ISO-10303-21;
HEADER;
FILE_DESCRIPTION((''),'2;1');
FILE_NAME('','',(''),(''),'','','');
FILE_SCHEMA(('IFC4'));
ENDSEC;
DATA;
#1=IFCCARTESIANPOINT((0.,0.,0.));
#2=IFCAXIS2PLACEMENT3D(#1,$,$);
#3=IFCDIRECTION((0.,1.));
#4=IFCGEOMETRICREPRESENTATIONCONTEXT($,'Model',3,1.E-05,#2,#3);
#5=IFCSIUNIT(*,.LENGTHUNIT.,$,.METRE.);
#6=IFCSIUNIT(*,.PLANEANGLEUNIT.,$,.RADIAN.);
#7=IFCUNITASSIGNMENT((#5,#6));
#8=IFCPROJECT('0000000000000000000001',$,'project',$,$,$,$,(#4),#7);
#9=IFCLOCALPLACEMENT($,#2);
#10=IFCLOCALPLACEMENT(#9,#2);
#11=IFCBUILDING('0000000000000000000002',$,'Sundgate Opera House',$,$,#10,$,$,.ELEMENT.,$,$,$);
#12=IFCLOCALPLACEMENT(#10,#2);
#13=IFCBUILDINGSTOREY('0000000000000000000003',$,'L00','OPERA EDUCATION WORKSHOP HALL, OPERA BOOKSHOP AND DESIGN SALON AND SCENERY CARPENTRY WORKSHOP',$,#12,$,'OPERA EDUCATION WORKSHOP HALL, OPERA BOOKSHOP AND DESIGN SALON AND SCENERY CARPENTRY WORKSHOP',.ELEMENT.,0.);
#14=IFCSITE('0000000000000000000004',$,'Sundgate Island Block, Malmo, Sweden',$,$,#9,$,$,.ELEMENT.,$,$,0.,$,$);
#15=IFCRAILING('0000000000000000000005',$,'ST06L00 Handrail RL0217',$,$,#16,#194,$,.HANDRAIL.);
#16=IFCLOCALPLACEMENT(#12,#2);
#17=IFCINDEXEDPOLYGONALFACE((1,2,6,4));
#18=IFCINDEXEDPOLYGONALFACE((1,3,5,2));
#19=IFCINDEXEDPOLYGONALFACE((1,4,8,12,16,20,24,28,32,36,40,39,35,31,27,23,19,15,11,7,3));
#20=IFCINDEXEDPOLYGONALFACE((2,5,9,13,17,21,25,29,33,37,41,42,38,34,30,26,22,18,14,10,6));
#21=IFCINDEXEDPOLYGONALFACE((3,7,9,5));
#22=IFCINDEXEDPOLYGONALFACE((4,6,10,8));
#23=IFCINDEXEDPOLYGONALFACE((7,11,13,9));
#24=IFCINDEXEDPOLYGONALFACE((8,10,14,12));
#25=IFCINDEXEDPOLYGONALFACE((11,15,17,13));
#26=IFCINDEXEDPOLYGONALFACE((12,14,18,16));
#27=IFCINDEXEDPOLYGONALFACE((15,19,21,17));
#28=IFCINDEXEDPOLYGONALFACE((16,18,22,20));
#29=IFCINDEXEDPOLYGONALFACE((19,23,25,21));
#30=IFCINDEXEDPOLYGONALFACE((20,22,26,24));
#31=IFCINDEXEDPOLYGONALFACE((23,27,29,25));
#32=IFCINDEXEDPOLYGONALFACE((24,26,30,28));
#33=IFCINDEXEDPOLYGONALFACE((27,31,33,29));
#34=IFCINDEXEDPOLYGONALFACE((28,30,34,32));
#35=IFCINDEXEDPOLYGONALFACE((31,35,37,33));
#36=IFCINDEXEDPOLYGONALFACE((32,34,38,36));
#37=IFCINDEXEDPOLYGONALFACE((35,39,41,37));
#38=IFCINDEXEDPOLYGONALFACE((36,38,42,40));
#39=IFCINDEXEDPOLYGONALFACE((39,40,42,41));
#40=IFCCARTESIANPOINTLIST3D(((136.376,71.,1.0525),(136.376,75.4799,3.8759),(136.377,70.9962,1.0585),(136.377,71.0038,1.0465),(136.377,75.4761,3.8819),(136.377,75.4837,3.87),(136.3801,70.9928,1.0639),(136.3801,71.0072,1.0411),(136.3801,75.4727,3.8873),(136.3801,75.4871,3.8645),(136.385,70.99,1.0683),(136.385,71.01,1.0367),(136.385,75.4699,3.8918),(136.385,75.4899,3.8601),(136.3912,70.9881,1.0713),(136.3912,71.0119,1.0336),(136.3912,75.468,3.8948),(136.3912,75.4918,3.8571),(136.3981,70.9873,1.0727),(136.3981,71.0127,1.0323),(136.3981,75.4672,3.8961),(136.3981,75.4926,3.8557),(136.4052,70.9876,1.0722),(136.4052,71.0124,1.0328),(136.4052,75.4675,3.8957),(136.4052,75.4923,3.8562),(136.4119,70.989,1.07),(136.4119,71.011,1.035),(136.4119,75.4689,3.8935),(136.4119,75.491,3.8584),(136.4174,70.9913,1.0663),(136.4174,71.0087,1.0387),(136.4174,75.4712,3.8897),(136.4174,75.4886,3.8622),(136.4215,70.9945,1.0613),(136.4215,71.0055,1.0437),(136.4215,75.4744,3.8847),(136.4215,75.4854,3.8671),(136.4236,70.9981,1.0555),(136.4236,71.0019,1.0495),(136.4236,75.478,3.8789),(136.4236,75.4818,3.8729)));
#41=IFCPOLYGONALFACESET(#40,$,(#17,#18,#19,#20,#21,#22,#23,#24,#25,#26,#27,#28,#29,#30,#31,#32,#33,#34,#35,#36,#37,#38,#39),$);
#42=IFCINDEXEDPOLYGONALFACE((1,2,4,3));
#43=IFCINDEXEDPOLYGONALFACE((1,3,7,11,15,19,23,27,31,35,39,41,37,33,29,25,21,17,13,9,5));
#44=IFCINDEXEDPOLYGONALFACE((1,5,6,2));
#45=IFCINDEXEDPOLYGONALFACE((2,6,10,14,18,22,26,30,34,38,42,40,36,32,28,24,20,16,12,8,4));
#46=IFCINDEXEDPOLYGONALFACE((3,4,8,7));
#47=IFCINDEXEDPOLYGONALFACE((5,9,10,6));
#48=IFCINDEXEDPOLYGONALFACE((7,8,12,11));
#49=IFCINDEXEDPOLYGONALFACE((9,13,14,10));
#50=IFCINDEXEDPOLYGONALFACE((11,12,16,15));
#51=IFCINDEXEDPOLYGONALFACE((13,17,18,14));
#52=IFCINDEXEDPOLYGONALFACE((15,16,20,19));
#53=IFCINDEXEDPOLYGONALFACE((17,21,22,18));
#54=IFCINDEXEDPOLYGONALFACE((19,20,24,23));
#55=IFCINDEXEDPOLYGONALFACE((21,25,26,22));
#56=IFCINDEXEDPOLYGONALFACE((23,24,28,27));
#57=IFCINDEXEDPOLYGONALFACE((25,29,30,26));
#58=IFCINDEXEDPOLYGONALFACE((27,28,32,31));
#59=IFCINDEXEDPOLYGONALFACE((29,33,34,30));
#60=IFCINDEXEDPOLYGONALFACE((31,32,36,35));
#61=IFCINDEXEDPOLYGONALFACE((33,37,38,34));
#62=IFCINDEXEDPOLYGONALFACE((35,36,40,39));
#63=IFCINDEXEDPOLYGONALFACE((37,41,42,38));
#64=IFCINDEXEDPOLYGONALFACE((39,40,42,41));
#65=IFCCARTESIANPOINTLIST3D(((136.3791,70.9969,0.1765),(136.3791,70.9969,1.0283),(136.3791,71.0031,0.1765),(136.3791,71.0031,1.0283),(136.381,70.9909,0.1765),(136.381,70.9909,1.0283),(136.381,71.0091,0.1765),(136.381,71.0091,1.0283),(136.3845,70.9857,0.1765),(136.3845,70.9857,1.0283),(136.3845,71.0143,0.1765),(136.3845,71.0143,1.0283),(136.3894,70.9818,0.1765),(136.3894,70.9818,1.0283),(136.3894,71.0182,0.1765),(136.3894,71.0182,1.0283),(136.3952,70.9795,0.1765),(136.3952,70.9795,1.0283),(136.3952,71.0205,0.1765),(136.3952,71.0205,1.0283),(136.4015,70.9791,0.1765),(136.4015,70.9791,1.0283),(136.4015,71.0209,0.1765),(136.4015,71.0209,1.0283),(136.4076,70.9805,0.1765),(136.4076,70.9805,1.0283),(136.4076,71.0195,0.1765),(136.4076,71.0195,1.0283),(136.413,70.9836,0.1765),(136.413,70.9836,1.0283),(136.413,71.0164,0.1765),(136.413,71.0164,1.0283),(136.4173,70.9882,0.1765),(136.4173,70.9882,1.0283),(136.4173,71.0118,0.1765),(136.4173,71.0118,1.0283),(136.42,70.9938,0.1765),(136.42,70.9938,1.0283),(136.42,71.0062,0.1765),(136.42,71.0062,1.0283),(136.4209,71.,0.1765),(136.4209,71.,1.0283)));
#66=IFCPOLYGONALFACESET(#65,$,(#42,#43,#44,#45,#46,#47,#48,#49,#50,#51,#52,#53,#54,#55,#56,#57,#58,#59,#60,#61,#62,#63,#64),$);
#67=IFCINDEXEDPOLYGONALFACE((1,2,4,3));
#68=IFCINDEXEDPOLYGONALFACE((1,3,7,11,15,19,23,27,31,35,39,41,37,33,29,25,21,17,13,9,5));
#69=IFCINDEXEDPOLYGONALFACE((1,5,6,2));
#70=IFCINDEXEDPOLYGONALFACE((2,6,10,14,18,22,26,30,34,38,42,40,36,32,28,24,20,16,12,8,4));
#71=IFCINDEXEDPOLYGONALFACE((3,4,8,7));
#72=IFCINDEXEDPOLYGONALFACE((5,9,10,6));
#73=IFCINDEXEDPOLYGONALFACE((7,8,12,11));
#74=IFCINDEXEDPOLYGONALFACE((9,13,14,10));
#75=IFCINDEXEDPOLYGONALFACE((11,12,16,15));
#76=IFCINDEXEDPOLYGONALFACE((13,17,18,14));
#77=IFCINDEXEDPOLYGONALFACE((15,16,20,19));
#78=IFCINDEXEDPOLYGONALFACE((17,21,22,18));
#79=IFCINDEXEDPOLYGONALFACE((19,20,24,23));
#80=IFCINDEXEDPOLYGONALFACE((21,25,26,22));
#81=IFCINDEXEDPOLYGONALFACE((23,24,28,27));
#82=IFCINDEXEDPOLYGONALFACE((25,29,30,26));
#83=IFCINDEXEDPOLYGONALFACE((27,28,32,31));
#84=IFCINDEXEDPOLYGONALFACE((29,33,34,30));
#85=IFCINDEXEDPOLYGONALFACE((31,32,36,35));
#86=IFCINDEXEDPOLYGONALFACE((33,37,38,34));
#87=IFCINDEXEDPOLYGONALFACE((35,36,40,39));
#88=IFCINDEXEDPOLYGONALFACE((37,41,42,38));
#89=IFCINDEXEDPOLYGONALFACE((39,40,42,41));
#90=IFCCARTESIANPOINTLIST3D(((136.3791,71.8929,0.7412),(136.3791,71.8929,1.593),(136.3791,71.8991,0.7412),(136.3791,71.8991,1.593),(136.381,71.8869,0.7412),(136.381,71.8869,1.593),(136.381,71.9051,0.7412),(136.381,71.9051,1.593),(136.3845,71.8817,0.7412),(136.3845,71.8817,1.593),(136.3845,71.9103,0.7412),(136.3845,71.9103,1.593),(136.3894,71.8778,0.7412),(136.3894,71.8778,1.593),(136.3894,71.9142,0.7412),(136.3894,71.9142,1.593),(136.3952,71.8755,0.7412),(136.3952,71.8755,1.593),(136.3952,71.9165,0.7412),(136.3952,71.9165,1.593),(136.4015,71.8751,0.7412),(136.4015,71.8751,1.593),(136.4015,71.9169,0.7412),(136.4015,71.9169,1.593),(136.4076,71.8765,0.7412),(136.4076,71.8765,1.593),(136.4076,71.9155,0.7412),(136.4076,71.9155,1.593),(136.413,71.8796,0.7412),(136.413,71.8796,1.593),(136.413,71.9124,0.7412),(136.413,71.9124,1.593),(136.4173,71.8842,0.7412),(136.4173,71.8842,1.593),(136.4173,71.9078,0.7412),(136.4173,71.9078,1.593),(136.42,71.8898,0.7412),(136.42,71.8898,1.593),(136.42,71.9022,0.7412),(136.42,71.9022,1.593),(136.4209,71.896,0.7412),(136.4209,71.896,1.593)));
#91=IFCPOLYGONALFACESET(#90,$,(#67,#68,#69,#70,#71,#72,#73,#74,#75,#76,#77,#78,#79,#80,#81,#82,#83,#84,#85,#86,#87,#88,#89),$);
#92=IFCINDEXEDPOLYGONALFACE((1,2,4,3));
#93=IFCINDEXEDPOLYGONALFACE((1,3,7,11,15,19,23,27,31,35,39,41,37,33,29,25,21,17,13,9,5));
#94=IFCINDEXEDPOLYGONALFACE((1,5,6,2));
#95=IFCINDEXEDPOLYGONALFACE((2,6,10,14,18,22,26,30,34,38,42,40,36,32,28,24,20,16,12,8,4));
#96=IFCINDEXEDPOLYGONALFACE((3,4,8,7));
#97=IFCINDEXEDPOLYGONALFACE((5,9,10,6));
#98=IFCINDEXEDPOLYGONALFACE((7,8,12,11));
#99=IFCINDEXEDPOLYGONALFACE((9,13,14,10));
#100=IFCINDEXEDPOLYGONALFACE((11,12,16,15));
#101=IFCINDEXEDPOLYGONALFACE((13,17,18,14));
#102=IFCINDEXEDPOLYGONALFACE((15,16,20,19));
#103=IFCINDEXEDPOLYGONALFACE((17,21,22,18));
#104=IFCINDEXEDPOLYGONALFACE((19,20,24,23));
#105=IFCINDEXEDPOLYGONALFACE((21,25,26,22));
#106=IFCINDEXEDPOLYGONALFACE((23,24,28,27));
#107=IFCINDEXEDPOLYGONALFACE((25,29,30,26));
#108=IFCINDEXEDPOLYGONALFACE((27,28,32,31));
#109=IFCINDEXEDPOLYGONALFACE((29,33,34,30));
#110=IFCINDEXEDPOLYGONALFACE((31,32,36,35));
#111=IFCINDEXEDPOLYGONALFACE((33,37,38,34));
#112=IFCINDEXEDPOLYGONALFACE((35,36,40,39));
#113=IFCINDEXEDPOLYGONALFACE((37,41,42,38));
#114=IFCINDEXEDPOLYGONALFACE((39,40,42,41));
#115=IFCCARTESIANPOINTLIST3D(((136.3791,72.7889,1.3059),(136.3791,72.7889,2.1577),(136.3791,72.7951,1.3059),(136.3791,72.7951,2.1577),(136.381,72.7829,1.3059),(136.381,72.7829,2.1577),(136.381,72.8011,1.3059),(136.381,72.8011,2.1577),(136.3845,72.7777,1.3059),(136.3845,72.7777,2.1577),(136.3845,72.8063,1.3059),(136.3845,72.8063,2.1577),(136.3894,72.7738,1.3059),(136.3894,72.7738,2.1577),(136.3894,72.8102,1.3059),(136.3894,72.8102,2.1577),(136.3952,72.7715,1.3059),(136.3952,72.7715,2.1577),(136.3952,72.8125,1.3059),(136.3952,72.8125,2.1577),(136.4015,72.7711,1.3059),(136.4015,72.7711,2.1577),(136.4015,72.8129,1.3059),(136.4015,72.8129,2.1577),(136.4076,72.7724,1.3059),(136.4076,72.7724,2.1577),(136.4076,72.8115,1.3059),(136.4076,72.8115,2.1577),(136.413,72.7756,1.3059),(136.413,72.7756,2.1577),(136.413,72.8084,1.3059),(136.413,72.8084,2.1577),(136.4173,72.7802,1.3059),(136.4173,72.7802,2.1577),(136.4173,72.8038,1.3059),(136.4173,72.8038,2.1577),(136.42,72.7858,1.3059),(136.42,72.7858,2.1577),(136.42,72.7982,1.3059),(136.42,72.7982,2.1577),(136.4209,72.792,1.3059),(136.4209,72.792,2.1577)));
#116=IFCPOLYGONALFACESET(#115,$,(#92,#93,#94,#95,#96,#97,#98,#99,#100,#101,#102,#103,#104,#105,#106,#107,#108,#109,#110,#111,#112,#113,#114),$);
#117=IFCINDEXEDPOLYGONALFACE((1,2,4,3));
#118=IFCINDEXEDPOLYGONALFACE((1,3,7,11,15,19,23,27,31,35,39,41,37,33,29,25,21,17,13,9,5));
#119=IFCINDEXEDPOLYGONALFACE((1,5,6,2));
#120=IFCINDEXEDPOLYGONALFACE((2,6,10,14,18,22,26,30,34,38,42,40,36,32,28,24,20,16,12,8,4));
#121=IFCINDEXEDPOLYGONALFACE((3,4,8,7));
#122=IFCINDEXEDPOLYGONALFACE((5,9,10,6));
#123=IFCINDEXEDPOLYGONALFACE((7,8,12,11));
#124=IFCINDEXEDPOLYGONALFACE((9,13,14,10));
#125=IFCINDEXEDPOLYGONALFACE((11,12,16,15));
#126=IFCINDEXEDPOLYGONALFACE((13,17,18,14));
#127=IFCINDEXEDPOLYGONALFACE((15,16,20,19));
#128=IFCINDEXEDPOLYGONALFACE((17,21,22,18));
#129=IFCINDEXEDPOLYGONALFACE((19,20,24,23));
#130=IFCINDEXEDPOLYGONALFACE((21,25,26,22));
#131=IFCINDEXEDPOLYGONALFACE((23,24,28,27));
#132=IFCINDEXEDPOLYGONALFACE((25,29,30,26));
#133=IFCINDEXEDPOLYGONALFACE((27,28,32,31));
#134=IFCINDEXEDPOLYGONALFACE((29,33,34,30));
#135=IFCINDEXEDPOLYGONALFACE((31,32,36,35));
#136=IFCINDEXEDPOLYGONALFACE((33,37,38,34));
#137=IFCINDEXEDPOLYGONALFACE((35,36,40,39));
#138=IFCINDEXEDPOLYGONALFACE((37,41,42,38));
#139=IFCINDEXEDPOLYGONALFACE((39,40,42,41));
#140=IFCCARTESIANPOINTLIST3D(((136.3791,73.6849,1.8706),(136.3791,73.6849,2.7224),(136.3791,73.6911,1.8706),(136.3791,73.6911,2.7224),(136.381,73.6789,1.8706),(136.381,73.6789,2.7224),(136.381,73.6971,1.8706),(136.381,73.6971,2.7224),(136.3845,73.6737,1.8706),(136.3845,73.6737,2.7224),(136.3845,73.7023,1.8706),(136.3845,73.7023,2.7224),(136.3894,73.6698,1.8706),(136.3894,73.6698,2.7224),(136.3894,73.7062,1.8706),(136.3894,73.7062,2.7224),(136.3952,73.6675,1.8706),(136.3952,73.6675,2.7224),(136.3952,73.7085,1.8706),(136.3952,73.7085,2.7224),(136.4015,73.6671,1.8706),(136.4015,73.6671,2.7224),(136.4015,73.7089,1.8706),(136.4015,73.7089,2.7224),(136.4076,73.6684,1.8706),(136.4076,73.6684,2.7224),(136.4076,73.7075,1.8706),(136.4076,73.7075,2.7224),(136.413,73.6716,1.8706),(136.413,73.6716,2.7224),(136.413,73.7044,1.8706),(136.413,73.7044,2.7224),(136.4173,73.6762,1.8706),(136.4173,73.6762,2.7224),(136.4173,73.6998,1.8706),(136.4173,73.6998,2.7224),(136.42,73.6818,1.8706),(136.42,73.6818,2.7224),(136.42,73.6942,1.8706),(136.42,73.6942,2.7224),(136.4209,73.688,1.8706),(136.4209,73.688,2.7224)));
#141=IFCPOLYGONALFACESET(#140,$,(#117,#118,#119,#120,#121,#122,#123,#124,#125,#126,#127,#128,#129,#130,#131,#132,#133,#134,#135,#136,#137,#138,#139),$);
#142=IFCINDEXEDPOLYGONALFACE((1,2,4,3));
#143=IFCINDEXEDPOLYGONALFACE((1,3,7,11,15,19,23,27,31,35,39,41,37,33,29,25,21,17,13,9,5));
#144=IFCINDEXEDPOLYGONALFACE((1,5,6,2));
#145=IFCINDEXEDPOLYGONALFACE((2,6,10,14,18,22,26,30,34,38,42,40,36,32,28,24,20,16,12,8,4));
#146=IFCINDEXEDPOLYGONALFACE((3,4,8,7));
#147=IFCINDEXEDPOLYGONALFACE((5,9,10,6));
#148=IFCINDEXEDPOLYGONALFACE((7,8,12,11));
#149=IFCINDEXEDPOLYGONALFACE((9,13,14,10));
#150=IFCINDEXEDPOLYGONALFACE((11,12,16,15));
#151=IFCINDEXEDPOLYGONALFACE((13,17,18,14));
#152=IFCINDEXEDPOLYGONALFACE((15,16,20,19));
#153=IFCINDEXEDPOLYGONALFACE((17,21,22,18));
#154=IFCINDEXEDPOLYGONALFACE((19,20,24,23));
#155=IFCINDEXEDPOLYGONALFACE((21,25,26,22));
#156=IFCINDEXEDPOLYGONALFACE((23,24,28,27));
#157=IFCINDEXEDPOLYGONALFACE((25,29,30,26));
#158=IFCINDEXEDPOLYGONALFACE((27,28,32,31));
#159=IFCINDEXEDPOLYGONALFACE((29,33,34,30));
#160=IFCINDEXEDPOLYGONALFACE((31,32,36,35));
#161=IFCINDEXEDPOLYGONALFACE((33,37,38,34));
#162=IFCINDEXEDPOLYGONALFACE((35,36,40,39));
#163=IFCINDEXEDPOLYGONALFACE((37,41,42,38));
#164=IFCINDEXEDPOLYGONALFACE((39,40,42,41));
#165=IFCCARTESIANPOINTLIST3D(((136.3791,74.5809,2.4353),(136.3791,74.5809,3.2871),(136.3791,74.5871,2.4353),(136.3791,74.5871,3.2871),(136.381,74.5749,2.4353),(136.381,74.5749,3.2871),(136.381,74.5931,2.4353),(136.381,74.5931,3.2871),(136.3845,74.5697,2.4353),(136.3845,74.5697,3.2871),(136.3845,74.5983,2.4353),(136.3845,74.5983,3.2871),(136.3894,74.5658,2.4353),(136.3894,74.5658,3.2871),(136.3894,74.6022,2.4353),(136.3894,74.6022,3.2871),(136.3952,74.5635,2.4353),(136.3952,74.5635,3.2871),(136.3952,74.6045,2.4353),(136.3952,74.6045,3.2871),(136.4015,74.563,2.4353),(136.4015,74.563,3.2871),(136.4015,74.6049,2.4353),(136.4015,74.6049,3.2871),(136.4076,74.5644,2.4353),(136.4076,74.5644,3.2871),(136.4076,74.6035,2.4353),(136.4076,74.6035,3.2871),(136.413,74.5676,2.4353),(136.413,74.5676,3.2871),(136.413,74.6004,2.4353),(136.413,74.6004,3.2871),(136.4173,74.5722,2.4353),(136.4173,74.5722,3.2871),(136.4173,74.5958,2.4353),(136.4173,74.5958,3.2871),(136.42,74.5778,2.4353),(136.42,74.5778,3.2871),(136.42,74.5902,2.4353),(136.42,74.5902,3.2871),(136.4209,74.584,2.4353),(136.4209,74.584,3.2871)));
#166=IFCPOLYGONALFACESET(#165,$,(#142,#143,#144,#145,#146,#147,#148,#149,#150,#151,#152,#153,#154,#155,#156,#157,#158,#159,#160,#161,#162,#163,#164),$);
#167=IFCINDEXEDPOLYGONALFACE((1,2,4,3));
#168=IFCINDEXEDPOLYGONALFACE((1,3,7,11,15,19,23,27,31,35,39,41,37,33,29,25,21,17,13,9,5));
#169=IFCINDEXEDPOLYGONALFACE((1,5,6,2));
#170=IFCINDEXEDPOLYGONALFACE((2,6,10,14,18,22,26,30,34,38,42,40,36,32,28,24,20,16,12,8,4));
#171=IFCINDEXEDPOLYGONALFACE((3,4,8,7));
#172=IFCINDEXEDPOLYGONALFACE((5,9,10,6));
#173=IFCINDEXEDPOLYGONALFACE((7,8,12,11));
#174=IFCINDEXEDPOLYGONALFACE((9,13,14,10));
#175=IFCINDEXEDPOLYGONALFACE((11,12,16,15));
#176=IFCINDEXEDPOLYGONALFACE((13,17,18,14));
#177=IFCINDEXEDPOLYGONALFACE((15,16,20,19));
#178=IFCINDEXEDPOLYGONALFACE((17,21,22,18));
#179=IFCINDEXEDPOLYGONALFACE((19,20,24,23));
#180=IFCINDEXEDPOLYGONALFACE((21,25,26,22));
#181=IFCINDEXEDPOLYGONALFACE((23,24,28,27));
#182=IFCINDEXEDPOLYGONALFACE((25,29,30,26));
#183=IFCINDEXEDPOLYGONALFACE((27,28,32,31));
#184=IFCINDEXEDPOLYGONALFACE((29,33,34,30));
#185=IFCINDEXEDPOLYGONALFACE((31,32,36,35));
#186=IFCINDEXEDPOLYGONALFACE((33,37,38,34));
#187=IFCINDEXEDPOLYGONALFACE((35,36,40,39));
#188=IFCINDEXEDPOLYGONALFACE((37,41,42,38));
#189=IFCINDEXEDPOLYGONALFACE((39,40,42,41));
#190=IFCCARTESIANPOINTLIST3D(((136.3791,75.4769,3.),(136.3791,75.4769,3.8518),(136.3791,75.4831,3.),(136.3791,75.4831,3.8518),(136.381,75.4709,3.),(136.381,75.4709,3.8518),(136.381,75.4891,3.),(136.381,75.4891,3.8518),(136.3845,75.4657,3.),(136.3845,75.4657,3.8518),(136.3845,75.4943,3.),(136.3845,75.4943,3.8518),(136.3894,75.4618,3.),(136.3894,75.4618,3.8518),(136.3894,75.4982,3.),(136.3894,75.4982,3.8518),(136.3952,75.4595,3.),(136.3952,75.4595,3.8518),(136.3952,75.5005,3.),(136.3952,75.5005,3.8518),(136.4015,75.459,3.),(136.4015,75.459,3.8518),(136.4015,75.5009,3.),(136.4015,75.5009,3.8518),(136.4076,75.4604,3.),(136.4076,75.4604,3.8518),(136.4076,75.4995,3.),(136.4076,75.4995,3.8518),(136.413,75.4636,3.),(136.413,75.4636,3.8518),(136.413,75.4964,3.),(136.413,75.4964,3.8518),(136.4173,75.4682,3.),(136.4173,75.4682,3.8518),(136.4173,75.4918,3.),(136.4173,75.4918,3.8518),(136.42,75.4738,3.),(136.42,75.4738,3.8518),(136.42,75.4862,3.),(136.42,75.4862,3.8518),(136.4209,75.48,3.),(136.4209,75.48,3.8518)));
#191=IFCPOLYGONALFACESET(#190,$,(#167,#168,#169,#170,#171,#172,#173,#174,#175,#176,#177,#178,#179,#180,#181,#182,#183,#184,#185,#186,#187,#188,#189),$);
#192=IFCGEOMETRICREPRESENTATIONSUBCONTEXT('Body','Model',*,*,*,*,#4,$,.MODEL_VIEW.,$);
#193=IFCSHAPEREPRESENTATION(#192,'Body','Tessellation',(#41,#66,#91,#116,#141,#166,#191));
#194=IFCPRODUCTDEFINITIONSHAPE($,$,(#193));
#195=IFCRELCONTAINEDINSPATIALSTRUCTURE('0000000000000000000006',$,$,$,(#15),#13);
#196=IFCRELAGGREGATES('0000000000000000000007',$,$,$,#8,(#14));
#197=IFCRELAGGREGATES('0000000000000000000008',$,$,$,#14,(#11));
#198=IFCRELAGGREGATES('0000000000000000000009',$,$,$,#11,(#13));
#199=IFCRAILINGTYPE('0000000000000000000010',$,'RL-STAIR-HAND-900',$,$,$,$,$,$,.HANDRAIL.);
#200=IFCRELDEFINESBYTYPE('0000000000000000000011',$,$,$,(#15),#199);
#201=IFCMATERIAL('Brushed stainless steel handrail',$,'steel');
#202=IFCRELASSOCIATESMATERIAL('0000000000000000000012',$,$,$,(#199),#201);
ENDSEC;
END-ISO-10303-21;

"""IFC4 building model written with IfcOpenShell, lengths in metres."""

from ifc_helpers import new_model, si_unit, direction, frame, origin, origin_2d, place, context, subcontext, project, spatial, circle, extrude, material, type_object, element, save


model = new_model("IFC4")

# Units and contexts
model_context = context("Model", 3, precision=1e-05, world=origin(), true_north=direction((0.0, 1.0)))
body_context = subcontext(model_context, "Body", "Model", "MODEL_VIEW")
ifc_project = project(units=[si_unit("LENGTHUNIT", "METRE"), si_unit("PLANEANGLEUNIT", "RADIAN")], contexts=[model_context])

# Site, building, storey
site_placement = place(None, origin())
site = spatial("IfcSite", under=ifc_project, at=site_placement, Name="Sundgate Island Block, Malmo, Sweden", CompositionType="ELEMENT", RefElevation=0.0)
building_placement = place(site_placement, origin())
building = spatial("IfcBuilding", under=site, at=building_placement, Name="Sundgate Opera House", CompositionType="ELEMENT")
storey_placement = place(building_placement, origin())
storey = spatial("IfcBuildingStorey", under=building, at=storey_placement, Name="L00", Description="OPERA EDUCATION WORKSHOP HALL, OPERA BOOKSHOP AND DESIGN SALON AND SCENERY CARPENTRY WORKSHOP", LongName="OPERA EDUCATION WORKSHOP HALL, OPERA BOOKSHOP AND DESIGN SALON AND SCENERY CARPENTRY WORKSHOP", CompositionType="ELEMENT", Elevation=0.0)

# Railing
ifc_material_1 = material(Name="Brushed stainless steel handrail", Category="steel")
railing_type = type_object("IfcRailingType", Name="RL-STAIR-HAND-900", PredefinedType="HANDRAIL", material=ifc_material_1)
railing_placement = place(storey_placement, frame((136.3999, 71.0, 0.1765)))
element("IfcRailing", 1, at=railing_placement, inside=storey, type_object=railing_type, Name="ST06L00 Handrail RL0217", PredefinedType="HANDRAIL", context=body_context, shape_type="SweptSolid", body=[
    extrude(circle(Radius=0.0239, at=origin_2d()), frame((0.0, 0.0, 0.876), z_axis=(0.0, 0.845998, 0.533186), x_axis=(-1.0, 0.0, 0.0)), (0.0, 0.0, 1.0), 5.2954),
    extrude(circle(Radius=0.021, at=origin_2d()), origin(), (0.0, 0.0, 1.0), 0.8518),
    extrude(circle(Radius=0.021, at=origin_2d()), frame((0.0, 0.896, 0.5647)), (0.0, 0.0, 1.0), 0.8518),
    extrude(circle(Radius=0.021, at=origin_2d()), frame((0.0, 1.792, 1.1294)), (0.0, 0.0, 1.0), 0.8518),
    extrude(circle(Radius=0.021, at=origin_2d()), frame((0.0, 2.688, 1.6941)), (0.0, 0.0, 1.0), 0.8518),
    extrude(circle(Radius=0.021, at=origin_2d()), frame((0.0, 3.584, 2.2588)), (0.0, 0.0, 1.0), 0.8518),
    extrude(circle(Radius=0.021, at=origin_2d()), frame((0.0, 4.48, 2.8235)), (0.0, 0.0, 1.0), 0.8518),
])

save(model, "model.ifc")
